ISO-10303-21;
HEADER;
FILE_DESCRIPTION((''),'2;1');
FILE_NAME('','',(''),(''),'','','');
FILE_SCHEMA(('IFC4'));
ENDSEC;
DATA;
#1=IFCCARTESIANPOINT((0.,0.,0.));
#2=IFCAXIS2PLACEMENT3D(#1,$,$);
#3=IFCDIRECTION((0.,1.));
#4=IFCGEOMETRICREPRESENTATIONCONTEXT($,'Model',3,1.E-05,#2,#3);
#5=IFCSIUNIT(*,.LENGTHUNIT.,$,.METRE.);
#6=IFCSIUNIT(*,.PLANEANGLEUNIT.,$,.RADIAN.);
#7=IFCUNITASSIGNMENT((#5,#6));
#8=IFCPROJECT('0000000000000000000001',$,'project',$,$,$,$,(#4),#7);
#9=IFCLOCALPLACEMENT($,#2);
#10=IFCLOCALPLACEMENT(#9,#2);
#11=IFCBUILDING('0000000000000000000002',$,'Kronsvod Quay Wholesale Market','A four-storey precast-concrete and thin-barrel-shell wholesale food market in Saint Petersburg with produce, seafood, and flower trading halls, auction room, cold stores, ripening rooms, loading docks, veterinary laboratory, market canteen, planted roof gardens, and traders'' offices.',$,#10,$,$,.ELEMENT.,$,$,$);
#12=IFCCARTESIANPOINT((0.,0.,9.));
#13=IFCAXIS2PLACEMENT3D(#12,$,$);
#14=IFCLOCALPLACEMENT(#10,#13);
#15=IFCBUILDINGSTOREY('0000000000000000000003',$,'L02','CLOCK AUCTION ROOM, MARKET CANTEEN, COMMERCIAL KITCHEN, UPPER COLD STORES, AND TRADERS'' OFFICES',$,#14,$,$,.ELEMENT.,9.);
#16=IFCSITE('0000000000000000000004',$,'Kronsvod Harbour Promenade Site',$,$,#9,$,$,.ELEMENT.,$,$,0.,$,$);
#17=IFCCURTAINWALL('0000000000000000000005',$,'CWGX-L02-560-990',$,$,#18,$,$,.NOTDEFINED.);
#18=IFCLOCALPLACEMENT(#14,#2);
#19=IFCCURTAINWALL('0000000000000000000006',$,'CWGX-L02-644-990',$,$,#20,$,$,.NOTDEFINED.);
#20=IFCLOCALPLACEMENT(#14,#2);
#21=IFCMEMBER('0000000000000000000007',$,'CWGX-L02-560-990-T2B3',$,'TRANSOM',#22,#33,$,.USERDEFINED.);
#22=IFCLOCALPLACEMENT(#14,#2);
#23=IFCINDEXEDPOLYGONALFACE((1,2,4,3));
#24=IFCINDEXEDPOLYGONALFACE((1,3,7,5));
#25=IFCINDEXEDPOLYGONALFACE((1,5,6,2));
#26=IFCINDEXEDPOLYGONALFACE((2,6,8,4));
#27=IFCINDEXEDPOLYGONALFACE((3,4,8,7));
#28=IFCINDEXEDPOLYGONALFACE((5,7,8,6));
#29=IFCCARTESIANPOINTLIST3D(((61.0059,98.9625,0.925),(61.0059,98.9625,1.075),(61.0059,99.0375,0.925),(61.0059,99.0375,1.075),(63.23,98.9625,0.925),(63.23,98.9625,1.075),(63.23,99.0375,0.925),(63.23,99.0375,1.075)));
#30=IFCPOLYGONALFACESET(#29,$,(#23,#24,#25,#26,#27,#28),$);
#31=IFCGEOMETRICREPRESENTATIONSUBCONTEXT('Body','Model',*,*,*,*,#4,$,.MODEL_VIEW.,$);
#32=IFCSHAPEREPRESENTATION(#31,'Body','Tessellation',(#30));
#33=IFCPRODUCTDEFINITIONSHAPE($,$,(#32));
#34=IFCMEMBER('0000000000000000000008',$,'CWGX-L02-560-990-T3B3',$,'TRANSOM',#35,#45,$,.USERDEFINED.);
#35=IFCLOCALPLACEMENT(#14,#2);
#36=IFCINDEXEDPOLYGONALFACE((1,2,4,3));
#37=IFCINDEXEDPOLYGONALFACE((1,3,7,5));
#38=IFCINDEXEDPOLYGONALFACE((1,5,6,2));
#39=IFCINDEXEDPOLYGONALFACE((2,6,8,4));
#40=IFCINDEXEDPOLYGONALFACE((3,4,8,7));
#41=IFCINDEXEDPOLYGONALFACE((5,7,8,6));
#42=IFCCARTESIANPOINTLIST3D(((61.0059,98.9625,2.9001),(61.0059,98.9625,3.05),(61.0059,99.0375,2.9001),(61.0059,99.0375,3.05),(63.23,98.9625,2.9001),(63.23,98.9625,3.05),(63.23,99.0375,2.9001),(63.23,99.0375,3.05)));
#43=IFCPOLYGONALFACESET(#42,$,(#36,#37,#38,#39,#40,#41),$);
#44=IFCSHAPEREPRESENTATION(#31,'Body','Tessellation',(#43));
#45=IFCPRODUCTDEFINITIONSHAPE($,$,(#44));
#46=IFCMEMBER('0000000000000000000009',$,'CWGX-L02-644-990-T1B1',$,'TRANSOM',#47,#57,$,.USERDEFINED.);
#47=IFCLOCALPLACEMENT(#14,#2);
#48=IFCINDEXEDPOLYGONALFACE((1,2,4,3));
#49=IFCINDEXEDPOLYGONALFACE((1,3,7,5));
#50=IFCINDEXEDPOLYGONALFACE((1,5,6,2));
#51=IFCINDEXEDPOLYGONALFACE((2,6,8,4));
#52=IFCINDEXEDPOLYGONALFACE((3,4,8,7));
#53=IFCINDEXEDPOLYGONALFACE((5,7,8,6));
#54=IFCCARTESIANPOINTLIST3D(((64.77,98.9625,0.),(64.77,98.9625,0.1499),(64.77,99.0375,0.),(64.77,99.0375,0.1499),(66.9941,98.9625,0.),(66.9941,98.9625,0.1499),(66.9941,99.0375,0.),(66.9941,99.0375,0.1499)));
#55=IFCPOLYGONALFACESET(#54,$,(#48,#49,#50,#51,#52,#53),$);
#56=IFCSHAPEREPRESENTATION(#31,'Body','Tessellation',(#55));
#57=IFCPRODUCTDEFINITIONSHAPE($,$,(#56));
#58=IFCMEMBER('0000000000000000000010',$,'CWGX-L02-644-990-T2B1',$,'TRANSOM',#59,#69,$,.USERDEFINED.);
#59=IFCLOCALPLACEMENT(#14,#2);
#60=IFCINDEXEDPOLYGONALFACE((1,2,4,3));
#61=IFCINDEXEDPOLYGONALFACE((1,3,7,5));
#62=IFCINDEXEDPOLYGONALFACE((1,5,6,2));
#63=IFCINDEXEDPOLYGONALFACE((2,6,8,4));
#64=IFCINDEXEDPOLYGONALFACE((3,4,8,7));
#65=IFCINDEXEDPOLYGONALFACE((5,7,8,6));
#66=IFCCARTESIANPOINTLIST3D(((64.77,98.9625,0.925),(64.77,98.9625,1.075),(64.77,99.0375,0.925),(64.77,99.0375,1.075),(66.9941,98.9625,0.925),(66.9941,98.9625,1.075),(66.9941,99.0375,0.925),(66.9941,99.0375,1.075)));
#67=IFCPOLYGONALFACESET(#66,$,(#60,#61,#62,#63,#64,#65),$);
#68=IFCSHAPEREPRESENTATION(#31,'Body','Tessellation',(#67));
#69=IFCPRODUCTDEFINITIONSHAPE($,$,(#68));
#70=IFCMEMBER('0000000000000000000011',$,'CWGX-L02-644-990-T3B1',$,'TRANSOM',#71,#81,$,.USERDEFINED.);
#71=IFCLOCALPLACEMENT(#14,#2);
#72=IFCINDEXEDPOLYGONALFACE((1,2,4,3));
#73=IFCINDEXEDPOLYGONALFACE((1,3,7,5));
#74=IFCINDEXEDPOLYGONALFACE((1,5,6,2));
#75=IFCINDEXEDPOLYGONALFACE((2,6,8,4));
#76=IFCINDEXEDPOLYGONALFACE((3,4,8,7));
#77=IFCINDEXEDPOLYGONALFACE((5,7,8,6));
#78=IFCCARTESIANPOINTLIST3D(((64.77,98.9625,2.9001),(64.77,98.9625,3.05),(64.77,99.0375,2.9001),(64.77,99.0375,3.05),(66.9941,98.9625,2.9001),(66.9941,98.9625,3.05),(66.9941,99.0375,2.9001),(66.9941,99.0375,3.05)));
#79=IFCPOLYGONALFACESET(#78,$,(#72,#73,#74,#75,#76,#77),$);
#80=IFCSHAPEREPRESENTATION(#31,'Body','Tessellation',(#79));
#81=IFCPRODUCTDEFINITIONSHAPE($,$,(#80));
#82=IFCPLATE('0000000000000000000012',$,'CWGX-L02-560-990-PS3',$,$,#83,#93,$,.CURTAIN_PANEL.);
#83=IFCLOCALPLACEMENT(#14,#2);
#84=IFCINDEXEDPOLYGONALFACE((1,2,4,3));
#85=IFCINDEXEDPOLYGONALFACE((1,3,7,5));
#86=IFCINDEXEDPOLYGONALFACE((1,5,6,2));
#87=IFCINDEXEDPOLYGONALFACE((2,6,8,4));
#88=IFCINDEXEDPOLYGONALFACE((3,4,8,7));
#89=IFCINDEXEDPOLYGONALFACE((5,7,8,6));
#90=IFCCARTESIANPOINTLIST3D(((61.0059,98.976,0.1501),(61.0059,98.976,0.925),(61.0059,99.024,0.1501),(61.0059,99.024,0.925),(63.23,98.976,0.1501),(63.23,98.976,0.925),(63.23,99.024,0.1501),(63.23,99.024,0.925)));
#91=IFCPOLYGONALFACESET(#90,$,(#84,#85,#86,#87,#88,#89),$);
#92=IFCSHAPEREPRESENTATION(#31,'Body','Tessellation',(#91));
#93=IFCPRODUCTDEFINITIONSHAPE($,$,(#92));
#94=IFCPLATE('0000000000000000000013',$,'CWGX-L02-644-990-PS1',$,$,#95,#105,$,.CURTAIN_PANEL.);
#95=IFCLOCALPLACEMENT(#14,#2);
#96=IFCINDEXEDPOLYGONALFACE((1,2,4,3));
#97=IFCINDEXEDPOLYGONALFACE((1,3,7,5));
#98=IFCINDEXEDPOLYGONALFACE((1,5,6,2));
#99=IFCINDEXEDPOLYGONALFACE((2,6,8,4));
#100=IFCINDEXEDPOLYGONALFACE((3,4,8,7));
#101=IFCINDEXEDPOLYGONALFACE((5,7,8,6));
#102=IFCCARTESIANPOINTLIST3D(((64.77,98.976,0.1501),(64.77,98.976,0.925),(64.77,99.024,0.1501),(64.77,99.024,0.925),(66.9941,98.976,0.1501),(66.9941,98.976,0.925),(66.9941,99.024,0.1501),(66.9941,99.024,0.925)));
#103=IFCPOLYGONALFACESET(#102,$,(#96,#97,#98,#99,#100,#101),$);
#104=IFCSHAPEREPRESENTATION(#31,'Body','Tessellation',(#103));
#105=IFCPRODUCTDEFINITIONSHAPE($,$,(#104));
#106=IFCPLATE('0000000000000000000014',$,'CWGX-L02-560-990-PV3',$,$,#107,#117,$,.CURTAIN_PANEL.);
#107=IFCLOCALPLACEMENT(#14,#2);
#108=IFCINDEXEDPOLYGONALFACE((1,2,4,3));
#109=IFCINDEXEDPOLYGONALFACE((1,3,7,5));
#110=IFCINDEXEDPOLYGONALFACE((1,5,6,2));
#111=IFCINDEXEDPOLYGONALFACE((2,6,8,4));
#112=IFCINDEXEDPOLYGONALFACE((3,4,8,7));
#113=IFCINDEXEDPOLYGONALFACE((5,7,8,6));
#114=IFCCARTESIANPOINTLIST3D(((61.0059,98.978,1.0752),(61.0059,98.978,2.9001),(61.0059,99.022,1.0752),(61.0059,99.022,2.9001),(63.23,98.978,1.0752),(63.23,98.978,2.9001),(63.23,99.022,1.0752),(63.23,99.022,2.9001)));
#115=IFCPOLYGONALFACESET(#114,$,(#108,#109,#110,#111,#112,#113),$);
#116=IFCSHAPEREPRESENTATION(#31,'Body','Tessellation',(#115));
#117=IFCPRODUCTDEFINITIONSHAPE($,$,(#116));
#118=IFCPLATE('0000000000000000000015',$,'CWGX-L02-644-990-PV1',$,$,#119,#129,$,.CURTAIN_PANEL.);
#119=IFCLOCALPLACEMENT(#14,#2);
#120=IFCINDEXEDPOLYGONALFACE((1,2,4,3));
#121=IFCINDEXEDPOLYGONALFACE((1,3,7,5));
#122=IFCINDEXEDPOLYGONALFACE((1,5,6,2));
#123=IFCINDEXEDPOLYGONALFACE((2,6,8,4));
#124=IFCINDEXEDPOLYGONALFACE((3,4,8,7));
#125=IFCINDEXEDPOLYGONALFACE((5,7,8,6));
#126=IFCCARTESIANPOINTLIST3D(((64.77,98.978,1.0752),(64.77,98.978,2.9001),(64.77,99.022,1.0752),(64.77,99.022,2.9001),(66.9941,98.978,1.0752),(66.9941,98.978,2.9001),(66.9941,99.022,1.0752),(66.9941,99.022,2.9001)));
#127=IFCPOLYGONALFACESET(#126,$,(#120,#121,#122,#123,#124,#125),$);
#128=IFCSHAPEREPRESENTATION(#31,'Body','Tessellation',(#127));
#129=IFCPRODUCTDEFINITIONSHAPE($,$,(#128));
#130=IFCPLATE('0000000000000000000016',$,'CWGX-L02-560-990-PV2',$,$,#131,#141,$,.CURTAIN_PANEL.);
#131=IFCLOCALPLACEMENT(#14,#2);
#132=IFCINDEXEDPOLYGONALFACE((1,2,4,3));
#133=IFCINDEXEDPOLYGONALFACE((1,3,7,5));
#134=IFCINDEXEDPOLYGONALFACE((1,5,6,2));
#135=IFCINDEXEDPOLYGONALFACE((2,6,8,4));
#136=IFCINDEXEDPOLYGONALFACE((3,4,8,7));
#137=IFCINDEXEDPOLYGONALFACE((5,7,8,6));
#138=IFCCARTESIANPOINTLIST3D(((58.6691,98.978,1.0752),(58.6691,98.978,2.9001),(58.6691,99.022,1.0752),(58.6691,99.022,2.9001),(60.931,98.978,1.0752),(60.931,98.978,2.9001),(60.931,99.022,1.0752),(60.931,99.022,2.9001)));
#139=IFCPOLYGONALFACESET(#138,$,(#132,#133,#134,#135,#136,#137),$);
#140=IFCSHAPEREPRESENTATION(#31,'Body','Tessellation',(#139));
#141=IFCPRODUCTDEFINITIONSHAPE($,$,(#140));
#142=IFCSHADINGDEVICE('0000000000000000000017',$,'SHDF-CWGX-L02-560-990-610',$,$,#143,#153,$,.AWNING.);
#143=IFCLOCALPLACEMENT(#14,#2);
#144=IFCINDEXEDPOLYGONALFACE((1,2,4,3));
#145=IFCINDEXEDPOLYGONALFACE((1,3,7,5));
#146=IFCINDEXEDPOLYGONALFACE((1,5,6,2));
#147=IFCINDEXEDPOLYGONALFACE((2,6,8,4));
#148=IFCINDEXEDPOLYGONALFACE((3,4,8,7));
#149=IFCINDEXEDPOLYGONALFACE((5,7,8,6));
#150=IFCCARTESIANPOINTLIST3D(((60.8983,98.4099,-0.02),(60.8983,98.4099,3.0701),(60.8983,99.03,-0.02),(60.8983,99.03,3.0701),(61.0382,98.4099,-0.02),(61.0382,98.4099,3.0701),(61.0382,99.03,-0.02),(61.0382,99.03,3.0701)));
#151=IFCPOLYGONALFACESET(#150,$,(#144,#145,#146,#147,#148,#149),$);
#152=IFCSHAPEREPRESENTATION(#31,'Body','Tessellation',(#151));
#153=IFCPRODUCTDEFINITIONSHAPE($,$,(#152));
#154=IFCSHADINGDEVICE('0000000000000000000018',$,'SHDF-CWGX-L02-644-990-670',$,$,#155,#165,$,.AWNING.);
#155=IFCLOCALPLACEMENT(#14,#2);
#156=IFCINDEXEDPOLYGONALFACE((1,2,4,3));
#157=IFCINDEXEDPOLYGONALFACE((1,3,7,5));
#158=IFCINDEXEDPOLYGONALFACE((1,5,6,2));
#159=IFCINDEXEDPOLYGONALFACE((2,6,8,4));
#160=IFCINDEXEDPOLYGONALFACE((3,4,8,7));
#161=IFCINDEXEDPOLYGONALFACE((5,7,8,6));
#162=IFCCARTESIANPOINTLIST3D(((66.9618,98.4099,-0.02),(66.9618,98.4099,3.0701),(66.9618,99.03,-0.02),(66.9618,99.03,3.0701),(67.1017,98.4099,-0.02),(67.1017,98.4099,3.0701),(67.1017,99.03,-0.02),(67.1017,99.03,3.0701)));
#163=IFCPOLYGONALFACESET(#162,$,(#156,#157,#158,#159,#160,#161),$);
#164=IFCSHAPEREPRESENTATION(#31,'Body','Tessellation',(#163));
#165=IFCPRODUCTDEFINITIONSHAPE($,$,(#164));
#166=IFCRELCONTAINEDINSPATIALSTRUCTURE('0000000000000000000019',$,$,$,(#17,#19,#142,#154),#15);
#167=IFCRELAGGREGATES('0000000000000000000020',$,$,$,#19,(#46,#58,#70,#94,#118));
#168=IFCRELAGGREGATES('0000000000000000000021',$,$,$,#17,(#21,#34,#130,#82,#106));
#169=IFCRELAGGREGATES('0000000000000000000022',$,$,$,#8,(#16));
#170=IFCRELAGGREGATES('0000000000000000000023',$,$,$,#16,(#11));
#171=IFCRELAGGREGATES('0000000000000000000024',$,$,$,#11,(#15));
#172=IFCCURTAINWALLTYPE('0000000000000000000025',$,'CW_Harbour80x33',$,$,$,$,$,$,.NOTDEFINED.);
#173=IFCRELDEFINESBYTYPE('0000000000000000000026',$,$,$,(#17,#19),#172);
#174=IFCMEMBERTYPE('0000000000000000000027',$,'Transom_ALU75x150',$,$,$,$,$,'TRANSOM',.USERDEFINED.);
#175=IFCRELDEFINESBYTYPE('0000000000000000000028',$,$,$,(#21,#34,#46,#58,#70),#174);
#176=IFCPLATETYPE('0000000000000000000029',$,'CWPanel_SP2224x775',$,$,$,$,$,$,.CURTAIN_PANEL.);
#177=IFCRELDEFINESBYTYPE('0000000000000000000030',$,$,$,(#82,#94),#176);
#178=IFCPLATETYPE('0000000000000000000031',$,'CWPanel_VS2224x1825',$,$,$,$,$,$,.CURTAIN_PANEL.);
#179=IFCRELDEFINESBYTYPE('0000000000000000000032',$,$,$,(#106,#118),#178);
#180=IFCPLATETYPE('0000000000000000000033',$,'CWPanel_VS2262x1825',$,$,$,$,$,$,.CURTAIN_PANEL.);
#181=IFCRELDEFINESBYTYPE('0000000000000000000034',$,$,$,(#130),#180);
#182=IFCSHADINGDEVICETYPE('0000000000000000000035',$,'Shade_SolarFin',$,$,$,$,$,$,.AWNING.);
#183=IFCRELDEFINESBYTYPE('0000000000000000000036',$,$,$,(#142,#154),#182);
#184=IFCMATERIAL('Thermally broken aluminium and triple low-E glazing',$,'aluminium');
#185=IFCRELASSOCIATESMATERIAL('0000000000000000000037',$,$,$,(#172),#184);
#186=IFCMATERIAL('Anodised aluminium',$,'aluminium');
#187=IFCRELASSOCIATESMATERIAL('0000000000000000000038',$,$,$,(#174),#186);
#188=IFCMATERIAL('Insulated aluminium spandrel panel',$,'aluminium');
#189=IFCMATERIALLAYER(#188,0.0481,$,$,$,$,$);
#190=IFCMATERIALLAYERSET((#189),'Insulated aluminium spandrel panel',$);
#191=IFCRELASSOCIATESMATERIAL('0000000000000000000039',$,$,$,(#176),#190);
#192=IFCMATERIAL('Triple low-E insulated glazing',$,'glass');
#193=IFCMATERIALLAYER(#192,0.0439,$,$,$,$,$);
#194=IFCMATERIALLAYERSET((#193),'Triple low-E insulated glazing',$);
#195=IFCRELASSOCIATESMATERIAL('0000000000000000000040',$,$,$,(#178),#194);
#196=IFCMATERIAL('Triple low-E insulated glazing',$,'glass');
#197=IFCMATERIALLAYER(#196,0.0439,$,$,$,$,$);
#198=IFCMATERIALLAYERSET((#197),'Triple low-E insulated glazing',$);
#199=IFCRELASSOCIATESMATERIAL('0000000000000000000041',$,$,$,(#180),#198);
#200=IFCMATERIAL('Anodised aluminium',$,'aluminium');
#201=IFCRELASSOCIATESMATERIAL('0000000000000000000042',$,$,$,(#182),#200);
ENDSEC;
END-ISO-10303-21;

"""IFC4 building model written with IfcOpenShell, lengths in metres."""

from ifc_helpers import new_model, si_unit, direction, frame, origin, origin_2d, place, context, subcontext, project, spatial, rectangle, extrude, material, layer, layer_set, material_profile, profile_set, type_object, element, aggregate, save


model = new_model("IFC4")

# Units and contexts
model_context = context("Model", 3, precision=1e-05, world=origin(), true_north=direction((0.0, 1.0)))
body_context = subcontext(model_context, "Body", "Model", "MODEL_VIEW")
ifc_project = project(units=[si_unit("LENGTHUNIT", "METRE"), si_unit("PLANEANGLEUNIT", "RADIAN")], contexts=[model_context])

# Site, building, storey
site_placement = place(None, origin())
site = spatial("IfcSite", under=ifc_project, at=site_placement, Name="Kronsvod Harbour Promenade Site", CompositionType="ELEMENT", RefElevation=0.0)
building_placement = place(site_placement, origin())
building = spatial("IfcBuilding", under=site, at=building_placement, Name="Kronsvod Quay Wholesale Market", Description="A four-storey precast-concrete and thin-barrel-shell wholesale food market in Saint Petersburg with produce, seafood, and flower trading halls, auction room, cold stores, ripening rooms, loading docks, veterinary laboratory, market canteen, planted roof gardens, and traders' offices.", CompositionType="ELEMENT")
storey_placement = place(building_placement, frame((0.0, 0.0, 9.0)))
storey = spatial("IfcBuildingStorey", under=building, at=storey_placement, Name="L02", Description="CLOCK AUCTION ROOM, MARKET CANTEEN, COMMERCIAL KITCHEN, UPPER COLD STORES, AND TRADERS' OFFICES", CompositionType="ELEMENT", Elevation=9.0)

# Curtain walls
ifc_material_1 = material(Name="Thermally broken aluminium and triple low-E glazing", Category="aluminium")
curtain_wall_type = type_object("IfcCurtainWallType", Name="CW_Harbour80x33", PredefinedType="NOTDEFINED", material=ifc_material_1)
curtain_wall_1_placement = place(storey_placement, origin())
curtain_wall_1 = element("IfcCurtainWall", 1, at=curtain_wall_1_placement, inside=storey, type_object=curtain_wall_type, Name="CWGX-L02-560-990", PredefinedType="NOTDEFINED")
curtain_wall_2_placement = place(storey_placement, origin())
curtain_wall_2 = element("IfcCurtainWall", 2, at=curtain_wall_2_placement, inside=storey, type_object=curtain_wall_type, Name="CWGX-L02-644-990", PredefinedType="NOTDEFINED")

# Members
ifc_material_2 = material(Name="Anodised aluminium", Category="aluminium")
ifc_material_profile_1 = material_profile(ifc_material_2, rectangle(XDim=0.075, YDim=0.1499, at=origin_2d()), Name="ALUT75x150")
ifc_profile_set_1 = profile_set([ifc_material_profile_1], Name="Anodised aluminium")
member_type_1 = type_object("IfcMemberType", Name="Transom_ALU75x150", ElementType="TRANSOM", PredefinedType="USERDEFINED", material=ifc_profile_set_1)
member_1_placement = place(storey_placement, frame((61.0059, 99.0, 1.0), z_axis=(1.0, 0.0, 0.0), x_axis=(0.0, 1.0, 0.0)))
member_1 = element("IfcMember", 3, at=member_1_placement, type_object=member_type_1, Name="CWGX-L02-560-990-T2B3", ObjectType="TRANSOM", PredefinedType="USERDEFINED", context=body_context, shape_type="SweptSolid", body=[
    extrude(rectangle(XDim=0.075, YDim=0.1499, at=origin_2d()), origin(), (0.0, 0.0, 1.0), 2.2241),
])
member_2_placement = place(storey_placement, frame((61.0059, 99.0, 2.9751), z_axis=(1.0, 0.0, 0.0), x_axis=(0.0, 1.0, 0.0)))
member_2 = element("IfcMember", 4, at=member_2_placement, type_object=member_type_1, Name="CWGX-L02-560-990-T3B3", ObjectType="TRANSOM", PredefinedType="USERDEFINED", context=body_context, shape_type="SweptSolid", body=[
    extrude(rectangle(XDim=0.075, YDim=0.1499, at=origin_2d()), origin(), (0.0, 0.0, 1.0), 2.2241),
])
member_3_placement = place(storey_placement, frame((64.77, 99.0, 0.075), z_axis=(1.0, 0.0, 0.0), x_axis=(0.0, 1.0, 0.0)))
member_3 = element("IfcMember", 5, at=member_3_placement, type_object=member_type_1, Name="CWGX-L02-644-990-T1B1", ObjectType="TRANSOM", PredefinedType="USERDEFINED", context=body_context, shape_type="SweptSolid", body=[
    extrude(rectangle(XDim=0.075, YDim=0.1499, at=origin_2d()), origin(), (0.0, 0.0, 1.0), 2.2241),
])
member_4_placement = place(storey_placement, frame((64.77, 99.0, 1.0), z_axis=(1.0, 0.0, 0.0), x_axis=(0.0, 1.0, 0.0)))
member_4 = element("IfcMember", 6, at=member_4_placement, type_object=member_type_1, Name="CWGX-L02-644-990-T2B1", ObjectType="TRANSOM", PredefinedType="USERDEFINED", context=body_context, shape_type="SweptSolid", body=[
    extrude(rectangle(XDim=0.075, YDim=0.1499, at=origin_2d()), origin(), (0.0, 0.0, 1.0), 2.2241),
])
member_5_placement = place(storey_placement, frame((64.77, 99.0, 2.9751), z_axis=(1.0, 0.0, 0.0), x_axis=(0.0, 1.0, 0.0)))
member_5 = element("IfcMember", 7, at=member_5_placement, type_object=member_type_1, Name="CWGX-L02-644-990-T3B1", ObjectType="TRANSOM", PredefinedType="USERDEFINED", context=body_context, shape_type="SweptSolid", body=[
    extrude(rectangle(XDim=0.075, YDim=0.1499, at=origin_2d()), origin(), (0.0, 0.0, 1.0), 2.2241),
])

# Plates
ifc_material_3 = material(Name="Insulated aluminium spandrel panel", Category="aluminium")
ifc_layer_1 = layer(ifc_material_3, 0.0481)
ifc_layer_set_1 = layer_set([ifc_layer_1], Name="Insulated aluminium spandrel panel")
plate_type_1 = type_object("IfcPlateType", Name="CWPanel_SP2224x775", PredefinedType="CURTAIN_PANEL", material=ifc_layer_set_1)
plate_1_placement = place(storey_placement, frame((62.1179, 99.0, 0.1501), z_axis=(0.0, 0.0, 1.0), x_axis=(1.0, 0.0, 0.0)))
plate_1 = element("IfcPlate", 8, at=plate_1_placement, type_object=plate_type_1, Name="CWGX-L02-560-990-PS3", PredefinedType="CURTAIN_PANEL", context=body_context, shape_type="SweptSolid", body=[
    extrude(rectangle(XDim=2.2241, YDim=0.0481, at=origin_2d()), origin(), (0.0, 0.0, 1.0), 0.7749),
])
plate_2_placement = place(storey_placement, frame((65.8821, 99.0, 0.1501), z_axis=(0.0, 0.0, 1.0), x_axis=(1.0, 0.0, 0.0)))
plate_2 = element("IfcPlate", 9, at=plate_2_placement, type_object=plate_type_1, Name="CWGX-L02-644-990-PS1", PredefinedType="CURTAIN_PANEL", context=body_context, shape_type="SweptSolid", body=[
    extrude(rectangle(XDim=2.2241, YDim=0.0481, at=origin_2d()), origin(), (0.0, 0.0, 1.0), 0.7749),
])
ifc_material_4 = material(Name="Triple low-E insulated glazing", Category="glass")
ifc_layer_2 = layer(ifc_material_4, 0.0439)
ifc_layer_set_2 = layer_set([ifc_layer_2], Name="Triple low-E insulated glazing")
plate_type_2 = type_object("IfcPlateType", Name="CWPanel_VS2224x1825", PredefinedType="CURTAIN_PANEL", material=ifc_layer_set_2)
plate_3_placement = place(storey_placement, frame((62.1179, 99.0, 1.0752), z_axis=(0.0, 0.0, 1.0), x_axis=(1.0, 0.0, 0.0)))
plate_3 = element("IfcPlate", 10, at=plate_3_placement, type_object=plate_type_2, Name="CWGX-L02-560-990-PV3", PredefinedType="CURTAIN_PANEL", context=body_context, shape_type="SweptSolid", body=[
    extrude(rectangle(XDim=2.2241, YDim=0.0439, at=origin_2d()), origin(), (0.0, 0.0, 1.0), 1.825),
])
plate_4_placement = place(storey_placement, frame((65.8821, 99.0, 1.0752), z_axis=(0.0, 0.0, 1.0), x_axis=(1.0, 0.0, 0.0)))
plate_4 = element("IfcPlate", 11, at=plate_4_placement, type_object=plate_type_2, Name="CWGX-L02-644-990-PV1", PredefinedType="CURTAIN_PANEL", context=body_context, shape_type="SweptSolid", body=[
    extrude(rectangle(XDim=2.2241, YDim=0.0439, at=origin_2d()), origin(), (0.0, 0.0, 1.0), 1.825),
])
aggregate(curtain_wall_2, [member_3, member_4, member_5, plate_2, plate_4])
ifc_material_5 = material(Name="Triple low-E insulated glazing", Category="glass")
ifc_layer_3 = layer(ifc_material_5, 0.0439)
ifc_layer_set_3 = layer_set([ifc_layer_3], Name="Triple low-E insulated glazing")
plate_type_3 = type_object("IfcPlateType", Name="CWPanel_VS2262x1825", PredefinedType="CURTAIN_PANEL", material=ifc_layer_set_3)
plate_5_placement = place(storey_placement, frame((59.8, 99.0, 1.0752), z_axis=(0.0, 0.0, 1.0), x_axis=(1.0, 0.0, 0.0)))
plate_5 = element("IfcPlate", 12, at=plate_5_placement, type_object=plate_type_3, Name="CWGX-L02-560-990-PV2", PredefinedType="CURTAIN_PANEL", context=body_context, shape_type="SweptSolid", body=[
    extrude(rectangle(XDim=2.262, YDim=0.0439, at=origin_2d()), origin(), (0.0, 0.0, 1.0), 1.825),
])
aggregate(curtain_wall_1, [member_1, member_2, plate_5, plate_1, plate_3])

# Shading devices
ifc_material_6 = material(Name="Anodised aluminium", Category="aluminium")
shading_device_type = type_object("IfcShadingDeviceType", Name="Shade_SolarFin", PredefinedType="AWNING", material=ifc_material_6)
for number, where, z_axis, x_axis, name in (
    (13, (60.9683, 98.72, -0.02), (0.0, 0.0, 1.0), (1.0, 0.0, 0.0), "SHDF-CWGX-L02-560-990-610"),
    (14, (67.0317, 98.72, -0.02), (0.0, 0.0, 1.0), (1.0, 0.0, 0.0), "SHDF-CWGX-L02-644-990-670"),
):
    element("IfcShadingDevice", number, at=place(storey_placement, frame(where, z_axis=z_axis, x_axis=x_axis)), inside=storey, type_object=shading_device_type, Name=name, PredefinedType="AWNING", context=body_context, shape_type="SweptSolid", body=[
        extrude(rectangle(XDim=0.1399, YDim=0.6201, at=origin_2d()), origin(), (0.0, 0.0, 1.0), 3.0901),
    ])

save(model, "model.ifc")
